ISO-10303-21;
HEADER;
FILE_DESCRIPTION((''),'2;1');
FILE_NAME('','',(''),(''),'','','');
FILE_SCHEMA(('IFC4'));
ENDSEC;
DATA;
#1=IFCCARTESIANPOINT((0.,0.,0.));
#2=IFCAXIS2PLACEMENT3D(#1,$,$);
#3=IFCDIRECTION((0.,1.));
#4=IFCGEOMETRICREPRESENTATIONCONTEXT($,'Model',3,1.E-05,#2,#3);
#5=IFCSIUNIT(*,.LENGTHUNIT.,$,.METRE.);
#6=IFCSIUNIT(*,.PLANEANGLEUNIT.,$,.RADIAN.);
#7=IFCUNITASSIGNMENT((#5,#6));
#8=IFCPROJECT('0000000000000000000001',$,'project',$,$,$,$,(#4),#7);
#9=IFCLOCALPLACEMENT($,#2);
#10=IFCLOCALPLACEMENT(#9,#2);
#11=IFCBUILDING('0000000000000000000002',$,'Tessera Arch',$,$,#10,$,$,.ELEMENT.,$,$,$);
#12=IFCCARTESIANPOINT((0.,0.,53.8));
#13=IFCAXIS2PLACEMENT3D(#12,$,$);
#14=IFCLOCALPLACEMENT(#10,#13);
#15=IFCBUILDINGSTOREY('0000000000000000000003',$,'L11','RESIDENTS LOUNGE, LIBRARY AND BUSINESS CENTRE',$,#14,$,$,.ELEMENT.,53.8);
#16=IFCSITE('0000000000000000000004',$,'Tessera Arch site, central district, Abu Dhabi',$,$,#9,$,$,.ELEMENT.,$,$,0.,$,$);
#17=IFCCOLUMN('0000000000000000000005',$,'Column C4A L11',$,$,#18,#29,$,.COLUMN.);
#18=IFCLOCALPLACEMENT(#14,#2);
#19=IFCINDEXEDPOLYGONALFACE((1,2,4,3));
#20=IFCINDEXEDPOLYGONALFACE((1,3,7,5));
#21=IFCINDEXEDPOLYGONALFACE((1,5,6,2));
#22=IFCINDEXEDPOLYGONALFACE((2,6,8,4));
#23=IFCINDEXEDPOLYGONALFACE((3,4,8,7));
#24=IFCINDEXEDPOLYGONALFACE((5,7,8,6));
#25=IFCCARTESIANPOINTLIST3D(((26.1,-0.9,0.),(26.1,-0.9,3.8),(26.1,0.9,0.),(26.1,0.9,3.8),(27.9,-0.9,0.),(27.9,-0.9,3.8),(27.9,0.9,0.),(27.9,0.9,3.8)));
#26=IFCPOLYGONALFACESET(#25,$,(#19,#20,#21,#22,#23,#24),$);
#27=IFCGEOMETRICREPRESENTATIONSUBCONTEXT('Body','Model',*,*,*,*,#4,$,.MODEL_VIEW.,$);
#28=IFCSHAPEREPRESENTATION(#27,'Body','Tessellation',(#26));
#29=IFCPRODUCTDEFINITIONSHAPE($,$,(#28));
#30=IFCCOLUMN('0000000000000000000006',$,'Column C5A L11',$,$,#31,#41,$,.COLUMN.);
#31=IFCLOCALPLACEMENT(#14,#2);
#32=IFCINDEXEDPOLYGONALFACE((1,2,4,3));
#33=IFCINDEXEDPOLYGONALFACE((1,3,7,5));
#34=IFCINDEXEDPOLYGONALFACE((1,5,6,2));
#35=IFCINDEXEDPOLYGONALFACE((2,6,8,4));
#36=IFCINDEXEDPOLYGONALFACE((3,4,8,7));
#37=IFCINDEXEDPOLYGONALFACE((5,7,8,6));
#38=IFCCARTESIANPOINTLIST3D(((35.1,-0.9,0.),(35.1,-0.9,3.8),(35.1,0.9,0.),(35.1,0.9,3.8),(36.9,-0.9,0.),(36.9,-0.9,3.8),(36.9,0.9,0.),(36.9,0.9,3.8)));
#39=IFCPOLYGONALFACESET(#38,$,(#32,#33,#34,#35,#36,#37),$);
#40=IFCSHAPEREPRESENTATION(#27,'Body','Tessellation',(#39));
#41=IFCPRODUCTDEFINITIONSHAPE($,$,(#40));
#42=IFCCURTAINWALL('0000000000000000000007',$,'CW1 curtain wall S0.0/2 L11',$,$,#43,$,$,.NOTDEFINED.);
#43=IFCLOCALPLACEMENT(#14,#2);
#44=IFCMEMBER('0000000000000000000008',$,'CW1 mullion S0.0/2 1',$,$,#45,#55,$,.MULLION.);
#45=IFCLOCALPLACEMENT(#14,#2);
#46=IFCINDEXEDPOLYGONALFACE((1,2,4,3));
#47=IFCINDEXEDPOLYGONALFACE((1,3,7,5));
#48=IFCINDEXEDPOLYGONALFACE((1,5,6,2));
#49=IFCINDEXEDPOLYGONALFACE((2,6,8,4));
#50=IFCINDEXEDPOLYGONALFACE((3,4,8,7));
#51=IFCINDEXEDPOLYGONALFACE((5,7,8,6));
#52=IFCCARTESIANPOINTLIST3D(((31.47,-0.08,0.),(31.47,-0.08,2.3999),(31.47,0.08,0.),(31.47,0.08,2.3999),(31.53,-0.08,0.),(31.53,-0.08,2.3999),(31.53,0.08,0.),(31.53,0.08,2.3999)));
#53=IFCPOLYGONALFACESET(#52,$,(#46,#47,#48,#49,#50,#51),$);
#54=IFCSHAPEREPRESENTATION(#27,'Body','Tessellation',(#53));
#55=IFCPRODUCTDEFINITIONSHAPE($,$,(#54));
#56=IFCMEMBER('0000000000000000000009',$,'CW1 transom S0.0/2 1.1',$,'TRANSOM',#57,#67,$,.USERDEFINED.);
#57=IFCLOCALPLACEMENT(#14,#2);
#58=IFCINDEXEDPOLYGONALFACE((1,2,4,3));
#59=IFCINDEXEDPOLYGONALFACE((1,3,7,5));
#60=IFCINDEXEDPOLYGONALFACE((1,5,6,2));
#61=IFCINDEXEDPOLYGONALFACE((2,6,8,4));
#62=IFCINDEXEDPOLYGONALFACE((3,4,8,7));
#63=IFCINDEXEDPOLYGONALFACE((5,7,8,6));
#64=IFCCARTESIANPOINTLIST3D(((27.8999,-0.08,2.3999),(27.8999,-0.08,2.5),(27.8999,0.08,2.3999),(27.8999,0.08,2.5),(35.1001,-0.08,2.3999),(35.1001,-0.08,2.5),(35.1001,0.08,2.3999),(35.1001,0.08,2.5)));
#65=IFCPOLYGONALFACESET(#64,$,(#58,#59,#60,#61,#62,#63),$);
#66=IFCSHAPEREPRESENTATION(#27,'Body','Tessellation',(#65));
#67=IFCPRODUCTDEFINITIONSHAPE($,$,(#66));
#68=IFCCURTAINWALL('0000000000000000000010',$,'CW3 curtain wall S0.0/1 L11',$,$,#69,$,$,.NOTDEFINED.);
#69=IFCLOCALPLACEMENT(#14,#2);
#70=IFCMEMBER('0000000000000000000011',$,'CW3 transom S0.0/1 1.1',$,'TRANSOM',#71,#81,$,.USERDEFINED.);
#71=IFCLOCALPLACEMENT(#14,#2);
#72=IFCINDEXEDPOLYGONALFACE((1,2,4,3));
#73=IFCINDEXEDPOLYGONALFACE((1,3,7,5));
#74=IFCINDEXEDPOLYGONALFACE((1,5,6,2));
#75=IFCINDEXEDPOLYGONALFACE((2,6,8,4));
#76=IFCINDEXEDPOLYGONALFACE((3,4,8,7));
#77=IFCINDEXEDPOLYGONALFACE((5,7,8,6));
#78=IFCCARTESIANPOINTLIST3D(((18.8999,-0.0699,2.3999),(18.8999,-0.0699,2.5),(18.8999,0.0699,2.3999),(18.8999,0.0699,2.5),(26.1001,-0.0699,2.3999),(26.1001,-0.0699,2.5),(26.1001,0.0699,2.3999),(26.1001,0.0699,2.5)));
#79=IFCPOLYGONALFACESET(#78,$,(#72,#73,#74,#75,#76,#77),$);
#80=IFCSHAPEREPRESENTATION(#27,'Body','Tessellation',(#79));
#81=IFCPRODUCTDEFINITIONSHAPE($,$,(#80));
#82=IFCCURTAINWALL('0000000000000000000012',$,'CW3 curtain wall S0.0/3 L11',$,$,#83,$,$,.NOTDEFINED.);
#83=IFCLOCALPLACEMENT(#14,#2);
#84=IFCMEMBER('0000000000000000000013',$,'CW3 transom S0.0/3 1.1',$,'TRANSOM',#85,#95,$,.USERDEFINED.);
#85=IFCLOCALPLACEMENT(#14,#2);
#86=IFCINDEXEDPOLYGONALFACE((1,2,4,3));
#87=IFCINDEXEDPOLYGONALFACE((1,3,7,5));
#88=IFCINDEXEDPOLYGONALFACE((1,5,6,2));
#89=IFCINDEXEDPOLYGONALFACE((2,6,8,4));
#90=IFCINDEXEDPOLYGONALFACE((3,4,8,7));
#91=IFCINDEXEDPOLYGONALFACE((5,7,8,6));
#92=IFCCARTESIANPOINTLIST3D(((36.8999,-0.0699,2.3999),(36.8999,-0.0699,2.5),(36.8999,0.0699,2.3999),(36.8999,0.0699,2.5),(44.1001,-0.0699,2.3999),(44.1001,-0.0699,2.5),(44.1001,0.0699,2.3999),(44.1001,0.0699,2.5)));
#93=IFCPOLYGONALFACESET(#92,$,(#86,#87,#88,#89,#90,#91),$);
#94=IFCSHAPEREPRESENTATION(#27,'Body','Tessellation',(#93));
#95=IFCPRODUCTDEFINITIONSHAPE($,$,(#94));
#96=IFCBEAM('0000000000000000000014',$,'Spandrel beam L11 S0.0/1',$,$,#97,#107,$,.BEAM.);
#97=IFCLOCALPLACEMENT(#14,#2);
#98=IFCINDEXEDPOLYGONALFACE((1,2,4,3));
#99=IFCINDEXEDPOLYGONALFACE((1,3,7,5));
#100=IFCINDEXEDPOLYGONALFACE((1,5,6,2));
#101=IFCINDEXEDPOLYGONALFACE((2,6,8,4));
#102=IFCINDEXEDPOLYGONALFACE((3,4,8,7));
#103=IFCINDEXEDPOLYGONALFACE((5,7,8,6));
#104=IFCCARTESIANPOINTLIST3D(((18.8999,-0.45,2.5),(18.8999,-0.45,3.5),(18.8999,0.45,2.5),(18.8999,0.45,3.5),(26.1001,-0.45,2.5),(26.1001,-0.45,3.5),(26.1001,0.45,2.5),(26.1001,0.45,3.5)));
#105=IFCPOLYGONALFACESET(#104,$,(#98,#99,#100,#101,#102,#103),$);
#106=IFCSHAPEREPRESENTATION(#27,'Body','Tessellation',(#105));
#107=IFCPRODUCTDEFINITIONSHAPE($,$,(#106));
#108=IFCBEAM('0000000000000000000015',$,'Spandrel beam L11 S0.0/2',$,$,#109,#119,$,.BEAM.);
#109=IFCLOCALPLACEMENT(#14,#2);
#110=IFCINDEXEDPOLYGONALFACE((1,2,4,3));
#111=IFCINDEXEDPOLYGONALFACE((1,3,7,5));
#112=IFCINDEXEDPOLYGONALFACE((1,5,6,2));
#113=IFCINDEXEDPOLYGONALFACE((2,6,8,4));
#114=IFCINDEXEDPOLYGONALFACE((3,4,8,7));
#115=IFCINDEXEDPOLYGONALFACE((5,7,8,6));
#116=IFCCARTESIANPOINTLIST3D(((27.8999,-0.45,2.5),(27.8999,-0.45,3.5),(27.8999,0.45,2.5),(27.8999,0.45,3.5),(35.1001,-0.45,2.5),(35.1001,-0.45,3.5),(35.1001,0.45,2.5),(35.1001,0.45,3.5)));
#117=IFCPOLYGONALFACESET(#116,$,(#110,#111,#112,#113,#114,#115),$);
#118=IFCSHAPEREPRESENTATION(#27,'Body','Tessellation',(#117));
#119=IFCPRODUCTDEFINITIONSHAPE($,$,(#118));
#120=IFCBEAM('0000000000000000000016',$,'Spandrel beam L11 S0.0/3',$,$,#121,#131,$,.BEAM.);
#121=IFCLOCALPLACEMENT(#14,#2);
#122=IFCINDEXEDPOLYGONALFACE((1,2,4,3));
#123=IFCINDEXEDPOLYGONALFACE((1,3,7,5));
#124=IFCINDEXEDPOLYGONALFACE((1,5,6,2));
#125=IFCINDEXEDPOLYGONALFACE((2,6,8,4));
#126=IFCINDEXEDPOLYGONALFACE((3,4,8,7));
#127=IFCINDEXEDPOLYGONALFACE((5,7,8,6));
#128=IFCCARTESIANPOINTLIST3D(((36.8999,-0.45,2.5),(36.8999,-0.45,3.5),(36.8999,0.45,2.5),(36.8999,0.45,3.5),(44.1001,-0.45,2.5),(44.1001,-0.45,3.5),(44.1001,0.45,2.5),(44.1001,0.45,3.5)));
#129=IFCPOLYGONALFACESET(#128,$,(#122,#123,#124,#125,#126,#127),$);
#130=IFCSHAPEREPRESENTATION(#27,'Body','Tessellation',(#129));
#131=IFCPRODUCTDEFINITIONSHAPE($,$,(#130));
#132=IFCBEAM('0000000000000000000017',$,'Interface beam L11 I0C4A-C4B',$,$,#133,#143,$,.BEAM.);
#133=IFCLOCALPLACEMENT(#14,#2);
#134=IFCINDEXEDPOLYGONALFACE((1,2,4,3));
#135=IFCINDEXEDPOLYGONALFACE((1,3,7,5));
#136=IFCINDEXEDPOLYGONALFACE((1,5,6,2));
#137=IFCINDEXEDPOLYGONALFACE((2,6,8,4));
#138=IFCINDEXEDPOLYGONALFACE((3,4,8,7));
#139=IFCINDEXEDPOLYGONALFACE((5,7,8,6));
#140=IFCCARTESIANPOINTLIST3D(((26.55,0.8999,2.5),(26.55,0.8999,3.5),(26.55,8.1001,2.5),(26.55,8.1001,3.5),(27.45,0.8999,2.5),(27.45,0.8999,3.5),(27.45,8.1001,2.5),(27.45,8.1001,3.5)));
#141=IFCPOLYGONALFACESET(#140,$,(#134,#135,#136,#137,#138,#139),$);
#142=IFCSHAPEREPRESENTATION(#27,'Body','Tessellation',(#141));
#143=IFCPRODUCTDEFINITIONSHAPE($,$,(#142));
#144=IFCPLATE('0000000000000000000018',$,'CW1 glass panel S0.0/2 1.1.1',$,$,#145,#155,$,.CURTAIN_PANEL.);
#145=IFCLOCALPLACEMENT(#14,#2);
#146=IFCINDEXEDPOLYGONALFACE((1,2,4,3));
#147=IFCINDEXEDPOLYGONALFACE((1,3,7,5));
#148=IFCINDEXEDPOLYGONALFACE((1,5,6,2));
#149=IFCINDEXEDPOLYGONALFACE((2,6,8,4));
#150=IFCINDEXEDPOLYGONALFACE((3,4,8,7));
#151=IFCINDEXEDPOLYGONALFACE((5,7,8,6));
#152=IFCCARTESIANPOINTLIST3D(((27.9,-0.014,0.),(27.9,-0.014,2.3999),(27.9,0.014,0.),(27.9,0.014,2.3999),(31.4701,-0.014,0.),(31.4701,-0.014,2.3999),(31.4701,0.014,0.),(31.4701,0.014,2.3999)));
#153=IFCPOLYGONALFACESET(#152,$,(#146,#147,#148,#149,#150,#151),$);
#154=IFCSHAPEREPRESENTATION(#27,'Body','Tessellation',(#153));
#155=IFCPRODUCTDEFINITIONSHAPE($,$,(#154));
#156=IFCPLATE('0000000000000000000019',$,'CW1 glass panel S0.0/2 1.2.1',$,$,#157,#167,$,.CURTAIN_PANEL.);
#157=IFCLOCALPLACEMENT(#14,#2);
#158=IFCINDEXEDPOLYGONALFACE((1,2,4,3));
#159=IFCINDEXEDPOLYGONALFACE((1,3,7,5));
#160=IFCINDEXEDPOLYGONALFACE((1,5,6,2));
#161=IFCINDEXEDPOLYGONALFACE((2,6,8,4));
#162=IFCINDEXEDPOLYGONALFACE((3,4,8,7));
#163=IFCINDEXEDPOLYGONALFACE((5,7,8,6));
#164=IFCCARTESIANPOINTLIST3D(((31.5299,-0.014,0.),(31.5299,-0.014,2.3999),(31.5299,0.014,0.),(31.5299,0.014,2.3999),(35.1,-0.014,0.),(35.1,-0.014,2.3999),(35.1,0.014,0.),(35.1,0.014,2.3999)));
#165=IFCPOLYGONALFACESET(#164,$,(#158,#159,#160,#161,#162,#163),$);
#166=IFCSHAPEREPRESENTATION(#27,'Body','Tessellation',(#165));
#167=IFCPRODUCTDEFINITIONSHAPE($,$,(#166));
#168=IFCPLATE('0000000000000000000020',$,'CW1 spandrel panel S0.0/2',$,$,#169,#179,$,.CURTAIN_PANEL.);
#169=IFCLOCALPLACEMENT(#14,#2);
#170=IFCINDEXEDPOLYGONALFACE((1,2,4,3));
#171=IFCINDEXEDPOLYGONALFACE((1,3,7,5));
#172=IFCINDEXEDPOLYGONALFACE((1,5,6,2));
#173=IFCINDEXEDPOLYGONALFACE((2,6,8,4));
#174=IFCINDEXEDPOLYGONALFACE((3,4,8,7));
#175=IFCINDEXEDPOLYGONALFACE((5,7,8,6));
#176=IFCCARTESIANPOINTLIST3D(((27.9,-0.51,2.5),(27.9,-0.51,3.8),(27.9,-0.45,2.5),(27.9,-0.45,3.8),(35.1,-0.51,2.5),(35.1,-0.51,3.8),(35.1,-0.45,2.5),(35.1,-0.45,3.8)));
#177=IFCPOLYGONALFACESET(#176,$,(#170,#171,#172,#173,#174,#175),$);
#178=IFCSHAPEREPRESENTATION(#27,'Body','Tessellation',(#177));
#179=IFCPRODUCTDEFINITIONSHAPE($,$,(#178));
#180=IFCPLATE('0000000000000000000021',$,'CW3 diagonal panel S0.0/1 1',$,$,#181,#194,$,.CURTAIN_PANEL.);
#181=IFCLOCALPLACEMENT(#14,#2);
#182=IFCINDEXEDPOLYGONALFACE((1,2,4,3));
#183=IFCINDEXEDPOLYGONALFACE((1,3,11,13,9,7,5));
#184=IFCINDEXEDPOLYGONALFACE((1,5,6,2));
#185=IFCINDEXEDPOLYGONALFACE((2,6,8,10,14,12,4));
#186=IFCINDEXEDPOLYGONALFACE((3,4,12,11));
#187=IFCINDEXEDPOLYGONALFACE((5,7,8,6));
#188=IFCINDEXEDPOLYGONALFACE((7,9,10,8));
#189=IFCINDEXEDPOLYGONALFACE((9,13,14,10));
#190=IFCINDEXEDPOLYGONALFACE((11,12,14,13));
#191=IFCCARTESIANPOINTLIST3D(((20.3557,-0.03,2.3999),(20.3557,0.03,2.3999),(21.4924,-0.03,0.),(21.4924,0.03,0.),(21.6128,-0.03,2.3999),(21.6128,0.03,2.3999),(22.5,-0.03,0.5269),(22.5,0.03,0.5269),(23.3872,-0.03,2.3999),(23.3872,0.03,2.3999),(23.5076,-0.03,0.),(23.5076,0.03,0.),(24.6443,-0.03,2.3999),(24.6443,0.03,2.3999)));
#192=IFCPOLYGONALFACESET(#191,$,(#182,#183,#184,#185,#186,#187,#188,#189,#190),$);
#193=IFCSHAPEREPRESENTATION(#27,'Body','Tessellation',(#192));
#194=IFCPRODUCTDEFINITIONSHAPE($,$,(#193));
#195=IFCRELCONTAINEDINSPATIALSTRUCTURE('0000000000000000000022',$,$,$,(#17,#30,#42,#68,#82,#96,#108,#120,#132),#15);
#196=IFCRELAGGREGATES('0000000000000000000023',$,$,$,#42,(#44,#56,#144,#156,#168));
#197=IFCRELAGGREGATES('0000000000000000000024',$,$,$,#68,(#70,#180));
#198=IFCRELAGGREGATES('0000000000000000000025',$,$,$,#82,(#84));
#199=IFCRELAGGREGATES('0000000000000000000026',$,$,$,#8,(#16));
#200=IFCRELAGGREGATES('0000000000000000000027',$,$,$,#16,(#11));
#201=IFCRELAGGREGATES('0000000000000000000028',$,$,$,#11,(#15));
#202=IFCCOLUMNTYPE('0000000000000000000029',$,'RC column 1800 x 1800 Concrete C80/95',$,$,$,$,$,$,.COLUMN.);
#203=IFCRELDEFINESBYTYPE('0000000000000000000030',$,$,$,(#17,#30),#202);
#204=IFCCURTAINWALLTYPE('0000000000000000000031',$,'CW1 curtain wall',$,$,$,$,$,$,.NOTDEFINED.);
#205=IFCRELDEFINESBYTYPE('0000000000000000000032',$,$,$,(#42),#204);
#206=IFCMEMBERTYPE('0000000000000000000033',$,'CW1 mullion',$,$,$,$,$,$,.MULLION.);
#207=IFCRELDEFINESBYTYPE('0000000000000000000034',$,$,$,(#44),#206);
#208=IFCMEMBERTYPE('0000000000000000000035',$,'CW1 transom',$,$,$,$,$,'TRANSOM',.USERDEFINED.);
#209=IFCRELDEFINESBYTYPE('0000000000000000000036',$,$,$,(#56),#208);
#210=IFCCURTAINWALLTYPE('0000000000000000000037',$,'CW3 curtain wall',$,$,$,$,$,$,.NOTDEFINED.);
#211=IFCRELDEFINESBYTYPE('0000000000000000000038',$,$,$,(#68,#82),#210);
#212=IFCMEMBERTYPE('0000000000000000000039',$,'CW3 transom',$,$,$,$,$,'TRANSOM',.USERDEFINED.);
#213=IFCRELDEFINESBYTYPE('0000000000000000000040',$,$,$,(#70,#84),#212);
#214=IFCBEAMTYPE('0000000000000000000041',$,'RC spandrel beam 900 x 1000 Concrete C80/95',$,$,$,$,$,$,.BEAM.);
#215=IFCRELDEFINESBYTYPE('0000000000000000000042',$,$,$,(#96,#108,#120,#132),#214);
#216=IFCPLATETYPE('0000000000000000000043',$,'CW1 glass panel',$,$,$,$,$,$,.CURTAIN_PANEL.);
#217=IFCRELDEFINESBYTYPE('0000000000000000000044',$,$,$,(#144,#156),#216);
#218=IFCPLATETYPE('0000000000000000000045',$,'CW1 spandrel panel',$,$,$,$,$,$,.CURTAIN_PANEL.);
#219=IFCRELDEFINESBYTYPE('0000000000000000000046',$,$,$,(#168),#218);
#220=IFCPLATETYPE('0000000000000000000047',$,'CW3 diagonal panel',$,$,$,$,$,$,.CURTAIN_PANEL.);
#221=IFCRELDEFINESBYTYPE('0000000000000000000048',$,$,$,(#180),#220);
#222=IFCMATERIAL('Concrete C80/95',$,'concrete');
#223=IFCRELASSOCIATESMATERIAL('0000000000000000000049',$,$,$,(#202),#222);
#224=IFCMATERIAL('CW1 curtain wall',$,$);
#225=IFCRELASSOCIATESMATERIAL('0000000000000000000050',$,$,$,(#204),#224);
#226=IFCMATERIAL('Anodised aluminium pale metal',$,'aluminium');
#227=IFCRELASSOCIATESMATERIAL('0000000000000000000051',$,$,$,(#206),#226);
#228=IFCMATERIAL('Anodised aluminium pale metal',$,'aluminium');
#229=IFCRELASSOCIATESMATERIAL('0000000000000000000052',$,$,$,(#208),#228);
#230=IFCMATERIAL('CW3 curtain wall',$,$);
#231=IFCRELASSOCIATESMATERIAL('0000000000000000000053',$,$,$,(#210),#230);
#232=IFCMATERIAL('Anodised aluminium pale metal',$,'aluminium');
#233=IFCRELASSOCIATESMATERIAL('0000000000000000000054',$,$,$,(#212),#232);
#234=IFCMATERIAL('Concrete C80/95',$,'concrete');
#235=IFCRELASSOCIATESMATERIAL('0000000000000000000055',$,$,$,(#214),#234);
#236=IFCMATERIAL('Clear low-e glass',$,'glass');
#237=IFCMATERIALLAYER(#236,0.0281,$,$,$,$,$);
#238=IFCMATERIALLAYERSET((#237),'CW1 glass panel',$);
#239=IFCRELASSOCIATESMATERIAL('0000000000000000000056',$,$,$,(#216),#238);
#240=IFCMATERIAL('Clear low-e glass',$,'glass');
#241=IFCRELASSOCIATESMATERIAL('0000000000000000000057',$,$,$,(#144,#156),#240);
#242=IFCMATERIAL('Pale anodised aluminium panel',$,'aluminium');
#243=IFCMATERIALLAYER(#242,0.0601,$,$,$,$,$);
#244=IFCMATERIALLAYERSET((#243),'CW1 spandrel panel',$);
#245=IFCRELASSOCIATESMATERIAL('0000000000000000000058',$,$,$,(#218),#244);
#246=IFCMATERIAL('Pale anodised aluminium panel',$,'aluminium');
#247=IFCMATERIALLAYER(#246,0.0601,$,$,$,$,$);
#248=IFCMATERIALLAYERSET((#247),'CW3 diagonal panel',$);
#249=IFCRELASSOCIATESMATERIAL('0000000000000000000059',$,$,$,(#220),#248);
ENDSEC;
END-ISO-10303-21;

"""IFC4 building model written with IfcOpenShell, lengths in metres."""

from ifc_helpers import new_model, si_unit, direction, frame, origin, origin_2d, place, context, subcontext, project, spatial, polyline, rectangle, outline, extrude, material, layer, layer_set, material_profile, profile_set, type_object, element, aggregate, save


model = new_model("IFC4")

# Units and contexts
model_context = context("Model", 3, precision=1e-05, world=origin(), true_north=direction((0.0, 1.0)))
body_context = subcontext(model_context, "Body", "Model", "MODEL_VIEW")
ifc_project = project(units=[si_unit("LENGTHUNIT", "METRE"), si_unit("PLANEANGLEUNIT", "RADIAN")], contexts=[model_context])

# Site, building, storey
site_placement = place(None, origin())
site = spatial("IfcSite", under=ifc_project, at=site_placement, Name="Tessera Arch site, central district, Abu Dhabi", CompositionType="ELEMENT", RefElevation=0.0)
building_placement = place(site_placement, origin())
building = spatial("IfcBuilding", under=site, at=building_placement, Name="Tessera Arch", CompositionType="ELEMENT")
storey_placement = place(building_placement, frame((0.0, 0.0, 53.8)))
storey = spatial("IfcBuildingStorey", under=building, at=storey_placement, Name="L11", Description="RESIDENTS LOUNGE, LIBRARY AND BUSINESS CENTRE", CompositionType="ELEMENT", Elevation=53.8)

# Columns
ifc_material_1 = material(Name="Concrete C80/95", Category="concrete")
ifc_material_profile_1 = material_profile(ifc_material_1, rectangle(XDim=1.8, YDim=1.8, at=origin_2d()), Name="RC column 1800 x 1800 Concrete C80/95")
ifc_profile_set_1 = profile_set([ifc_material_profile_1], Name="Concrete C80/95")
column_type = type_object("IfcColumnType", Name="RC column 1800 x 1800 Concrete C80/95", PredefinedType="COLUMN", material=ifc_profile_set_1)
for number, where, z_axis, x_axis, name in (
    (1, (27.0, 0.0, 0.0), (0.0, 0.0, 1.0), (1.0, 0.0, 0.0), "Column C4A L11"),
    (2, (36.0, 0.0, 0.0), (0.0, 0.0, 1.0), (1.0, 0.0, 0.0), "Column C5A L11"),
):
    element("IfcColumn", number, at=place(storey_placement, frame(where, z_axis=z_axis, x_axis=x_axis)), inside=storey, type_object=column_type, Name=name, PredefinedType="COLUMN", context=body_context, shape_type="SweptSolid", body=[
        extrude(rectangle(XDim=1.8, YDim=1.8, at=origin_2d()), origin(), (0.0, 0.0, 1.0), 3.8),
    ])

# Curtain wall, members
ifc_material_2 = material(Name="CW1 curtain wall")
curtain_wall_type_1 = type_object("IfcCurtainWallType", Name="CW1 curtain wall", PredefinedType="NOTDEFINED", material=ifc_material_2)
curtain_wall_1_placement = place(storey_placement, origin())
curtain_wall_1 = element("IfcCurtainWall", 3, at=curtain_wall_1_placement, inside=storey, type_object=curtain_wall_type_1, Name="CW1 curtain wall S0.0/2 L11", PredefinedType="NOTDEFINED")
ifc_material_3 = material(Name="Anodised aluminium pale metal", Category="aluminium")
ifc_material_profile_2 = material_profile(ifc_material_3, rectangle(XDim=0.1599, YDim=0.0601, at=origin_2d()), Name="AL 60x160")
ifc_profile_set_2 = profile_set([ifc_material_profile_2], Name="Anodised aluminium pale metal")
member_type_1 = type_object("IfcMemberType", Name="CW1 mullion", PredefinedType="MULLION", material=ifc_profile_set_2)
member_1_placement = place(storey_placement, frame((31.5, 0.0, 0.0), z_axis=(0.0, 0.0, 1.0), x_axis=(0.0, 1.0, 0.0)))
member_1 = element("IfcMember", 4, at=member_1_placement, type_object=member_type_1, Name="CW1 mullion S0.0/2 1", PredefinedType="MULLION", context=body_context, shape_type="SweptSolid", body=[
    extrude(rectangle(XDim=0.1599, YDim=0.0601, at=origin_2d()), origin(), (0.0, 0.0, 1.0), 2.3999),
])
ifc_material_4 = material(Name="Anodised aluminium pale metal", Category="aluminium")
ifc_material_profile_3 = material_profile(ifc_material_4, rectangle(XDim=0.1599, YDim=0.1001, at=origin_2d()), Name="AL 160x100")
ifc_profile_set_3 = profile_set([ifc_material_profile_3], Name="Anodised aluminium pale metal")
member_type_2 = type_object("IfcMemberType", Name="CW1 transom", ElementType="TRANSOM", PredefinedType="USERDEFINED", material=ifc_profile_set_3)
member_2_placement = place(storey_placement, frame((27.8999, 0.0, 2.45), z_axis=(1.0, 0.0, 0.0), x_axis=(0.0, 1.0, 0.0)))
member_2 = element("IfcMember", 5, at=member_2_placement, type_object=member_type_2, Name="CW1 transom S0.0/2 1.1", ObjectType="TRANSOM", PredefinedType="USERDEFINED", context=body_context, shape_type="SweptSolid", body=[
    extrude(rectangle(XDim=0.1599, YDim=0.1001, at=origin_2d()), origin(), (0.0, 0.0, 1.0), 7.2002),
])

# Curtain walls, members
ifc_material_5 = material(Name="CW3 curtain wall")
curtain_wall_type_2 = type_object("IfcCurtainWallType", Name="CW3 curtain wall", PredefinedType="NOTDEFINED", material=ifc_material_5)
curtain_wall_2_placement = place(storey_placement, origin())
curtain_wall_2 = element("IfcCurtainWall", 6, at=curtain_wall_2_placement, inside=storey, type_object=curtain_wall_type_2, Name="CW3 curtain wall S0.0/1 L11", PredefinedType="NOTDEFINED")
ifc_material_6 = material(Name="Anodised aluminium pale metal", Category="aluminium")
ifc_material_profile_4 = material_profile(ifc_material_6, rectangle(XDim=0.1399, YDim=0.1001, at=origin_2d()), Name="AL 140x100")
ifc_profile_set_4 = profile_set([ifc_material_profile_4], Name="Anodised aluminium pale metal")
member_type_3 = type_object("IfcMemberType", Name="CW3 transom", ElementType="TRANSOM", PredefinedType="USERDEFINED", material=ifc_profile_set_4)
member_3_placement = place(storey_placement, frame((18.8999, 0.0, 2.45), z_axis=(1.0, 0.0, 0.0), x_axis=(0.0, 1.0, 0.0)))
member_3 = element("IfcMember", 7, at=member_3_placement, type_object=member_type_3, Name="CW3 transom S0.0/1 1.1", ObjectType="TRANSOM", PredefinedType="USERDEFINED", context=body_context, shape_type="SweptSolid", body=[
    extrude(rectangle(XDim=0.1399, YDim=0.1001, at=origin_2d()), origin(), (0.0, 0.0, 1.0), 7.2002),
])
curtain_wall_3_placement = place(storey_placement, origin())
curtain_wall_3 = element("IfcCurtainWall", 8, at=curtain_wall_3_placement, inside=storey, type_object=curtain_wall_type_2, Name="CW3 curtain wall S0.0/3 L11", PredefinedType="NOTDEFINED")
member_4_placement = place(storey_placement, frame((36.8999, 0.0, 2.45), z_axis=(1.0, 0.0, 0.0), x_axis=(0.0, 1.0, 0.0)))
member_4 = element("IfcMember", 9, at=member_4_placement, type_object=member_type_3, Name="CW3 transom S0.0/3 1.1", ObjectType="TRANSOM", PredefinedType="USERDEFINED", context=body_context, shape_type="SweptSolid", body=[
    extrude(rectangle(XDim=0.1399, YDim=0.1001, at=origin_2d()), origin(), (0.0, 0.0, 1.0), 7.2002),
])

# Beams
ifc_material_7 = material(Name="Concrete C80/95", Category="concrete")
ifc_material_profile_5 = material_profile(ifc_material_7, rectangle(XDim=0.8999, YDim=1.0, at=origin_2d()), Name="RC spandrel beam 900 x 1000 Concrete C80/95")
ifc_profile_set_5 = profile_set([ifc_material_profile_5], Name="Concrete C80/95")
beam_type = type_object("IfcBeamType", Name="RC spandrel beam 900 x 1000 Concrete C80/95", PredefinedType="BEAM", material=ifc_profile_set_5)
for number, where, z_axis, x_axis, name in (
    (10, (18.8999, 0.0, 3.0), (1.0, 0.0, 0.0), (0.0, 1.0, 0.0), "Spandrel beam L11 S0.0/1"),
    (11, (27.8999, 0.0, 3.0), (1.0, 0.0, 0.0), (0.0, 1.0, 0.0), "Spandrel beam L11 S0.0/2"),
    (12, (36.8999, 0.0, 3.0), (1.0, 0.0, 0.0), (0.0, 1.0, 0.0), "Spandrel beam L11 S0.0/3"),
    (13, (27.0, 0.8999, 3.0), (0.0, 1.0, 0.0), (-1.0, 0.0, 0.0), "Interface beam L11 I0C4A-C4B"),
):
    element("IfcBeam", number, at=place(storey_placement, frame(where, z_axis=z_axis, x_axis=x_axis)), inside=storey, type_object=beam_type, Name=name, PredefinedType="BEAM", context=body_context, shape_type="SweptSolid", body=[
        extrude(rectangle(XDim=0.8999, YDim=1.0, at=origin_2d()), origin(), (0.0, 0.0, 1.0), 7.2002),
    ])

# Plates
ifc_material_8 = material(Name="Clear low-e glass", Category="glass")
ifc_material_9 = material(Name="Clear low-e glass", Category="glass")
ifc_layer_1 = layer(ifc_material_9, 0.0281)
ifc_layer_set_1 = layer_set([ifc_layer_1], Name="CW1 glass panel")
plate_type_1 = type_object("IfcPlateType", Name="CW1 glass panel", PredefinedType="CURTAIN_PANEL", material=ifc_layer_set_1)
plate_1_placement = place(storey_placement, frame((29.6851, 0.0, 0.0), z_axis=(0.0, 0.0, 1.0), x_axis=(1.0, 0.0, 0.0)))
plate_1 = element("IfcPlate", 14, at=plate_1_placement, type_object=plate_type_1, material=ifc_material_8, Name="CW1 glass panel S0.0/2 1.1.1", PredefinedType="CURTAIN_PANEL", context=body_context, shape_type="SweptSolid", body=[
    extrude(rectangle(XDim=3.5701, YDim=0.0281, at=origin_2d()), origin(), (0.0, 0.0, 1.0), 2.3999),
])
plate_2_placement = place(storey_placement, frame((33.3149, 0.0, 0.0), z_axis=(0.0, 0.0, 1.0), x_axis=(1.0, 0.0, 0.0)))
plate_2 = element("IfcPlate", 15, at=plate_2_placement, type_object=plate_type_1, material=ifc_material_8, Name="CW1 glass panel S0.0/2 1.2.1", PredefinedType="CURTAIN_PANEL", context=body_context, shape_type="SweptSolid", body=[
    extrude(rectangle(XDim=3.5701, YDim=0.0281, at=origin_2d()), origin(), (0.0, 0.0, 1.0), 2.3999),
])
ifc_material_10 = material(Name="Pale anodised aluminium panel", Category="aluminium")
ifc_layer_2 = layer(ifc_material_10, 0.0601)
ifc_layer_set_2 = layer_set([ifc_layer_2], Name="CW1 spandrel panel")
plate_type_2 = type_object("IfcPlateType", Name="CW1 spandrel panel", PredefinedType="CURTAIN_PANEL", material=ifc_layer_set_2)
plate_3_placement = place(storey_placement, frame((31.5, -0.48, 2.5), z_axis=(0.0, 0.0, 1.0), x_axis=(1.0, 0.0, 0.0)))
plate_3 = element("IfcPlate", 16, at=plate_3_placement, type_object=plate_type_2, Name="CW1 spandrel panel S0.0/2", PredefinedType="CURTAIN_PANEL", context=body_context, shape_type="SweptSolid", body=[
    extrude(rectangle(XDim=7.2, YDim=0.0601, at=origin_2d()), origin(), (0.0, 0.0, 1.0), 1.3),
])
aggregate(curtain_wall_1, [member_1, member_2, plate_1, plate_2, plate_3])
ifc_material_11 = material(Name="Pale anodised aluminium panel", Category="aluminium")
ifc_layer_3 = layer(ifc_material_11, 0.0601)
ifc_layer_set_3 = layer_set([ifc_layer_3], Name="CW3 diagonal panel")
plate_type_3 = type_object("IfcPlateType", Name="CW3 diagonal panel", PredefinedType="CURTAIN_PANEL", material=ifc_layer_set_3)
plate_4_placement = place(storey_placement, frame((24.6443, -0.03, 2.3999), z_axis=(0.0, -1.0, 0.0), x_axis=(-1.0, 0.0, 0.0)))
plate_4 = element("IfcPlate", 17, at=plate_4_placement, type_object=plate_type_3, Name="CW3 diagonal panel S0.0/1 1", PredefinedType="CURTAIN_PANEL", context=body_context, shape_type="SweptSolid", body=[
    extrude(outline(polyline([(0.0, 0.0), (1.2571, 0.0), (2.1443, 1.873), (3.0315, 0.0), (4.2886, 0.0), (3.1519, 2.3999), (1.1367, 2.3999), (0.0, 0.0)])), origin(), (0.0, 0.0, -1.0), 0.0601),
])
aggregate(curtain_wall_2, [member_3, plate_4])
aggregate(curtain_wall_3, [member_4])

save(model, "model.ifc")
